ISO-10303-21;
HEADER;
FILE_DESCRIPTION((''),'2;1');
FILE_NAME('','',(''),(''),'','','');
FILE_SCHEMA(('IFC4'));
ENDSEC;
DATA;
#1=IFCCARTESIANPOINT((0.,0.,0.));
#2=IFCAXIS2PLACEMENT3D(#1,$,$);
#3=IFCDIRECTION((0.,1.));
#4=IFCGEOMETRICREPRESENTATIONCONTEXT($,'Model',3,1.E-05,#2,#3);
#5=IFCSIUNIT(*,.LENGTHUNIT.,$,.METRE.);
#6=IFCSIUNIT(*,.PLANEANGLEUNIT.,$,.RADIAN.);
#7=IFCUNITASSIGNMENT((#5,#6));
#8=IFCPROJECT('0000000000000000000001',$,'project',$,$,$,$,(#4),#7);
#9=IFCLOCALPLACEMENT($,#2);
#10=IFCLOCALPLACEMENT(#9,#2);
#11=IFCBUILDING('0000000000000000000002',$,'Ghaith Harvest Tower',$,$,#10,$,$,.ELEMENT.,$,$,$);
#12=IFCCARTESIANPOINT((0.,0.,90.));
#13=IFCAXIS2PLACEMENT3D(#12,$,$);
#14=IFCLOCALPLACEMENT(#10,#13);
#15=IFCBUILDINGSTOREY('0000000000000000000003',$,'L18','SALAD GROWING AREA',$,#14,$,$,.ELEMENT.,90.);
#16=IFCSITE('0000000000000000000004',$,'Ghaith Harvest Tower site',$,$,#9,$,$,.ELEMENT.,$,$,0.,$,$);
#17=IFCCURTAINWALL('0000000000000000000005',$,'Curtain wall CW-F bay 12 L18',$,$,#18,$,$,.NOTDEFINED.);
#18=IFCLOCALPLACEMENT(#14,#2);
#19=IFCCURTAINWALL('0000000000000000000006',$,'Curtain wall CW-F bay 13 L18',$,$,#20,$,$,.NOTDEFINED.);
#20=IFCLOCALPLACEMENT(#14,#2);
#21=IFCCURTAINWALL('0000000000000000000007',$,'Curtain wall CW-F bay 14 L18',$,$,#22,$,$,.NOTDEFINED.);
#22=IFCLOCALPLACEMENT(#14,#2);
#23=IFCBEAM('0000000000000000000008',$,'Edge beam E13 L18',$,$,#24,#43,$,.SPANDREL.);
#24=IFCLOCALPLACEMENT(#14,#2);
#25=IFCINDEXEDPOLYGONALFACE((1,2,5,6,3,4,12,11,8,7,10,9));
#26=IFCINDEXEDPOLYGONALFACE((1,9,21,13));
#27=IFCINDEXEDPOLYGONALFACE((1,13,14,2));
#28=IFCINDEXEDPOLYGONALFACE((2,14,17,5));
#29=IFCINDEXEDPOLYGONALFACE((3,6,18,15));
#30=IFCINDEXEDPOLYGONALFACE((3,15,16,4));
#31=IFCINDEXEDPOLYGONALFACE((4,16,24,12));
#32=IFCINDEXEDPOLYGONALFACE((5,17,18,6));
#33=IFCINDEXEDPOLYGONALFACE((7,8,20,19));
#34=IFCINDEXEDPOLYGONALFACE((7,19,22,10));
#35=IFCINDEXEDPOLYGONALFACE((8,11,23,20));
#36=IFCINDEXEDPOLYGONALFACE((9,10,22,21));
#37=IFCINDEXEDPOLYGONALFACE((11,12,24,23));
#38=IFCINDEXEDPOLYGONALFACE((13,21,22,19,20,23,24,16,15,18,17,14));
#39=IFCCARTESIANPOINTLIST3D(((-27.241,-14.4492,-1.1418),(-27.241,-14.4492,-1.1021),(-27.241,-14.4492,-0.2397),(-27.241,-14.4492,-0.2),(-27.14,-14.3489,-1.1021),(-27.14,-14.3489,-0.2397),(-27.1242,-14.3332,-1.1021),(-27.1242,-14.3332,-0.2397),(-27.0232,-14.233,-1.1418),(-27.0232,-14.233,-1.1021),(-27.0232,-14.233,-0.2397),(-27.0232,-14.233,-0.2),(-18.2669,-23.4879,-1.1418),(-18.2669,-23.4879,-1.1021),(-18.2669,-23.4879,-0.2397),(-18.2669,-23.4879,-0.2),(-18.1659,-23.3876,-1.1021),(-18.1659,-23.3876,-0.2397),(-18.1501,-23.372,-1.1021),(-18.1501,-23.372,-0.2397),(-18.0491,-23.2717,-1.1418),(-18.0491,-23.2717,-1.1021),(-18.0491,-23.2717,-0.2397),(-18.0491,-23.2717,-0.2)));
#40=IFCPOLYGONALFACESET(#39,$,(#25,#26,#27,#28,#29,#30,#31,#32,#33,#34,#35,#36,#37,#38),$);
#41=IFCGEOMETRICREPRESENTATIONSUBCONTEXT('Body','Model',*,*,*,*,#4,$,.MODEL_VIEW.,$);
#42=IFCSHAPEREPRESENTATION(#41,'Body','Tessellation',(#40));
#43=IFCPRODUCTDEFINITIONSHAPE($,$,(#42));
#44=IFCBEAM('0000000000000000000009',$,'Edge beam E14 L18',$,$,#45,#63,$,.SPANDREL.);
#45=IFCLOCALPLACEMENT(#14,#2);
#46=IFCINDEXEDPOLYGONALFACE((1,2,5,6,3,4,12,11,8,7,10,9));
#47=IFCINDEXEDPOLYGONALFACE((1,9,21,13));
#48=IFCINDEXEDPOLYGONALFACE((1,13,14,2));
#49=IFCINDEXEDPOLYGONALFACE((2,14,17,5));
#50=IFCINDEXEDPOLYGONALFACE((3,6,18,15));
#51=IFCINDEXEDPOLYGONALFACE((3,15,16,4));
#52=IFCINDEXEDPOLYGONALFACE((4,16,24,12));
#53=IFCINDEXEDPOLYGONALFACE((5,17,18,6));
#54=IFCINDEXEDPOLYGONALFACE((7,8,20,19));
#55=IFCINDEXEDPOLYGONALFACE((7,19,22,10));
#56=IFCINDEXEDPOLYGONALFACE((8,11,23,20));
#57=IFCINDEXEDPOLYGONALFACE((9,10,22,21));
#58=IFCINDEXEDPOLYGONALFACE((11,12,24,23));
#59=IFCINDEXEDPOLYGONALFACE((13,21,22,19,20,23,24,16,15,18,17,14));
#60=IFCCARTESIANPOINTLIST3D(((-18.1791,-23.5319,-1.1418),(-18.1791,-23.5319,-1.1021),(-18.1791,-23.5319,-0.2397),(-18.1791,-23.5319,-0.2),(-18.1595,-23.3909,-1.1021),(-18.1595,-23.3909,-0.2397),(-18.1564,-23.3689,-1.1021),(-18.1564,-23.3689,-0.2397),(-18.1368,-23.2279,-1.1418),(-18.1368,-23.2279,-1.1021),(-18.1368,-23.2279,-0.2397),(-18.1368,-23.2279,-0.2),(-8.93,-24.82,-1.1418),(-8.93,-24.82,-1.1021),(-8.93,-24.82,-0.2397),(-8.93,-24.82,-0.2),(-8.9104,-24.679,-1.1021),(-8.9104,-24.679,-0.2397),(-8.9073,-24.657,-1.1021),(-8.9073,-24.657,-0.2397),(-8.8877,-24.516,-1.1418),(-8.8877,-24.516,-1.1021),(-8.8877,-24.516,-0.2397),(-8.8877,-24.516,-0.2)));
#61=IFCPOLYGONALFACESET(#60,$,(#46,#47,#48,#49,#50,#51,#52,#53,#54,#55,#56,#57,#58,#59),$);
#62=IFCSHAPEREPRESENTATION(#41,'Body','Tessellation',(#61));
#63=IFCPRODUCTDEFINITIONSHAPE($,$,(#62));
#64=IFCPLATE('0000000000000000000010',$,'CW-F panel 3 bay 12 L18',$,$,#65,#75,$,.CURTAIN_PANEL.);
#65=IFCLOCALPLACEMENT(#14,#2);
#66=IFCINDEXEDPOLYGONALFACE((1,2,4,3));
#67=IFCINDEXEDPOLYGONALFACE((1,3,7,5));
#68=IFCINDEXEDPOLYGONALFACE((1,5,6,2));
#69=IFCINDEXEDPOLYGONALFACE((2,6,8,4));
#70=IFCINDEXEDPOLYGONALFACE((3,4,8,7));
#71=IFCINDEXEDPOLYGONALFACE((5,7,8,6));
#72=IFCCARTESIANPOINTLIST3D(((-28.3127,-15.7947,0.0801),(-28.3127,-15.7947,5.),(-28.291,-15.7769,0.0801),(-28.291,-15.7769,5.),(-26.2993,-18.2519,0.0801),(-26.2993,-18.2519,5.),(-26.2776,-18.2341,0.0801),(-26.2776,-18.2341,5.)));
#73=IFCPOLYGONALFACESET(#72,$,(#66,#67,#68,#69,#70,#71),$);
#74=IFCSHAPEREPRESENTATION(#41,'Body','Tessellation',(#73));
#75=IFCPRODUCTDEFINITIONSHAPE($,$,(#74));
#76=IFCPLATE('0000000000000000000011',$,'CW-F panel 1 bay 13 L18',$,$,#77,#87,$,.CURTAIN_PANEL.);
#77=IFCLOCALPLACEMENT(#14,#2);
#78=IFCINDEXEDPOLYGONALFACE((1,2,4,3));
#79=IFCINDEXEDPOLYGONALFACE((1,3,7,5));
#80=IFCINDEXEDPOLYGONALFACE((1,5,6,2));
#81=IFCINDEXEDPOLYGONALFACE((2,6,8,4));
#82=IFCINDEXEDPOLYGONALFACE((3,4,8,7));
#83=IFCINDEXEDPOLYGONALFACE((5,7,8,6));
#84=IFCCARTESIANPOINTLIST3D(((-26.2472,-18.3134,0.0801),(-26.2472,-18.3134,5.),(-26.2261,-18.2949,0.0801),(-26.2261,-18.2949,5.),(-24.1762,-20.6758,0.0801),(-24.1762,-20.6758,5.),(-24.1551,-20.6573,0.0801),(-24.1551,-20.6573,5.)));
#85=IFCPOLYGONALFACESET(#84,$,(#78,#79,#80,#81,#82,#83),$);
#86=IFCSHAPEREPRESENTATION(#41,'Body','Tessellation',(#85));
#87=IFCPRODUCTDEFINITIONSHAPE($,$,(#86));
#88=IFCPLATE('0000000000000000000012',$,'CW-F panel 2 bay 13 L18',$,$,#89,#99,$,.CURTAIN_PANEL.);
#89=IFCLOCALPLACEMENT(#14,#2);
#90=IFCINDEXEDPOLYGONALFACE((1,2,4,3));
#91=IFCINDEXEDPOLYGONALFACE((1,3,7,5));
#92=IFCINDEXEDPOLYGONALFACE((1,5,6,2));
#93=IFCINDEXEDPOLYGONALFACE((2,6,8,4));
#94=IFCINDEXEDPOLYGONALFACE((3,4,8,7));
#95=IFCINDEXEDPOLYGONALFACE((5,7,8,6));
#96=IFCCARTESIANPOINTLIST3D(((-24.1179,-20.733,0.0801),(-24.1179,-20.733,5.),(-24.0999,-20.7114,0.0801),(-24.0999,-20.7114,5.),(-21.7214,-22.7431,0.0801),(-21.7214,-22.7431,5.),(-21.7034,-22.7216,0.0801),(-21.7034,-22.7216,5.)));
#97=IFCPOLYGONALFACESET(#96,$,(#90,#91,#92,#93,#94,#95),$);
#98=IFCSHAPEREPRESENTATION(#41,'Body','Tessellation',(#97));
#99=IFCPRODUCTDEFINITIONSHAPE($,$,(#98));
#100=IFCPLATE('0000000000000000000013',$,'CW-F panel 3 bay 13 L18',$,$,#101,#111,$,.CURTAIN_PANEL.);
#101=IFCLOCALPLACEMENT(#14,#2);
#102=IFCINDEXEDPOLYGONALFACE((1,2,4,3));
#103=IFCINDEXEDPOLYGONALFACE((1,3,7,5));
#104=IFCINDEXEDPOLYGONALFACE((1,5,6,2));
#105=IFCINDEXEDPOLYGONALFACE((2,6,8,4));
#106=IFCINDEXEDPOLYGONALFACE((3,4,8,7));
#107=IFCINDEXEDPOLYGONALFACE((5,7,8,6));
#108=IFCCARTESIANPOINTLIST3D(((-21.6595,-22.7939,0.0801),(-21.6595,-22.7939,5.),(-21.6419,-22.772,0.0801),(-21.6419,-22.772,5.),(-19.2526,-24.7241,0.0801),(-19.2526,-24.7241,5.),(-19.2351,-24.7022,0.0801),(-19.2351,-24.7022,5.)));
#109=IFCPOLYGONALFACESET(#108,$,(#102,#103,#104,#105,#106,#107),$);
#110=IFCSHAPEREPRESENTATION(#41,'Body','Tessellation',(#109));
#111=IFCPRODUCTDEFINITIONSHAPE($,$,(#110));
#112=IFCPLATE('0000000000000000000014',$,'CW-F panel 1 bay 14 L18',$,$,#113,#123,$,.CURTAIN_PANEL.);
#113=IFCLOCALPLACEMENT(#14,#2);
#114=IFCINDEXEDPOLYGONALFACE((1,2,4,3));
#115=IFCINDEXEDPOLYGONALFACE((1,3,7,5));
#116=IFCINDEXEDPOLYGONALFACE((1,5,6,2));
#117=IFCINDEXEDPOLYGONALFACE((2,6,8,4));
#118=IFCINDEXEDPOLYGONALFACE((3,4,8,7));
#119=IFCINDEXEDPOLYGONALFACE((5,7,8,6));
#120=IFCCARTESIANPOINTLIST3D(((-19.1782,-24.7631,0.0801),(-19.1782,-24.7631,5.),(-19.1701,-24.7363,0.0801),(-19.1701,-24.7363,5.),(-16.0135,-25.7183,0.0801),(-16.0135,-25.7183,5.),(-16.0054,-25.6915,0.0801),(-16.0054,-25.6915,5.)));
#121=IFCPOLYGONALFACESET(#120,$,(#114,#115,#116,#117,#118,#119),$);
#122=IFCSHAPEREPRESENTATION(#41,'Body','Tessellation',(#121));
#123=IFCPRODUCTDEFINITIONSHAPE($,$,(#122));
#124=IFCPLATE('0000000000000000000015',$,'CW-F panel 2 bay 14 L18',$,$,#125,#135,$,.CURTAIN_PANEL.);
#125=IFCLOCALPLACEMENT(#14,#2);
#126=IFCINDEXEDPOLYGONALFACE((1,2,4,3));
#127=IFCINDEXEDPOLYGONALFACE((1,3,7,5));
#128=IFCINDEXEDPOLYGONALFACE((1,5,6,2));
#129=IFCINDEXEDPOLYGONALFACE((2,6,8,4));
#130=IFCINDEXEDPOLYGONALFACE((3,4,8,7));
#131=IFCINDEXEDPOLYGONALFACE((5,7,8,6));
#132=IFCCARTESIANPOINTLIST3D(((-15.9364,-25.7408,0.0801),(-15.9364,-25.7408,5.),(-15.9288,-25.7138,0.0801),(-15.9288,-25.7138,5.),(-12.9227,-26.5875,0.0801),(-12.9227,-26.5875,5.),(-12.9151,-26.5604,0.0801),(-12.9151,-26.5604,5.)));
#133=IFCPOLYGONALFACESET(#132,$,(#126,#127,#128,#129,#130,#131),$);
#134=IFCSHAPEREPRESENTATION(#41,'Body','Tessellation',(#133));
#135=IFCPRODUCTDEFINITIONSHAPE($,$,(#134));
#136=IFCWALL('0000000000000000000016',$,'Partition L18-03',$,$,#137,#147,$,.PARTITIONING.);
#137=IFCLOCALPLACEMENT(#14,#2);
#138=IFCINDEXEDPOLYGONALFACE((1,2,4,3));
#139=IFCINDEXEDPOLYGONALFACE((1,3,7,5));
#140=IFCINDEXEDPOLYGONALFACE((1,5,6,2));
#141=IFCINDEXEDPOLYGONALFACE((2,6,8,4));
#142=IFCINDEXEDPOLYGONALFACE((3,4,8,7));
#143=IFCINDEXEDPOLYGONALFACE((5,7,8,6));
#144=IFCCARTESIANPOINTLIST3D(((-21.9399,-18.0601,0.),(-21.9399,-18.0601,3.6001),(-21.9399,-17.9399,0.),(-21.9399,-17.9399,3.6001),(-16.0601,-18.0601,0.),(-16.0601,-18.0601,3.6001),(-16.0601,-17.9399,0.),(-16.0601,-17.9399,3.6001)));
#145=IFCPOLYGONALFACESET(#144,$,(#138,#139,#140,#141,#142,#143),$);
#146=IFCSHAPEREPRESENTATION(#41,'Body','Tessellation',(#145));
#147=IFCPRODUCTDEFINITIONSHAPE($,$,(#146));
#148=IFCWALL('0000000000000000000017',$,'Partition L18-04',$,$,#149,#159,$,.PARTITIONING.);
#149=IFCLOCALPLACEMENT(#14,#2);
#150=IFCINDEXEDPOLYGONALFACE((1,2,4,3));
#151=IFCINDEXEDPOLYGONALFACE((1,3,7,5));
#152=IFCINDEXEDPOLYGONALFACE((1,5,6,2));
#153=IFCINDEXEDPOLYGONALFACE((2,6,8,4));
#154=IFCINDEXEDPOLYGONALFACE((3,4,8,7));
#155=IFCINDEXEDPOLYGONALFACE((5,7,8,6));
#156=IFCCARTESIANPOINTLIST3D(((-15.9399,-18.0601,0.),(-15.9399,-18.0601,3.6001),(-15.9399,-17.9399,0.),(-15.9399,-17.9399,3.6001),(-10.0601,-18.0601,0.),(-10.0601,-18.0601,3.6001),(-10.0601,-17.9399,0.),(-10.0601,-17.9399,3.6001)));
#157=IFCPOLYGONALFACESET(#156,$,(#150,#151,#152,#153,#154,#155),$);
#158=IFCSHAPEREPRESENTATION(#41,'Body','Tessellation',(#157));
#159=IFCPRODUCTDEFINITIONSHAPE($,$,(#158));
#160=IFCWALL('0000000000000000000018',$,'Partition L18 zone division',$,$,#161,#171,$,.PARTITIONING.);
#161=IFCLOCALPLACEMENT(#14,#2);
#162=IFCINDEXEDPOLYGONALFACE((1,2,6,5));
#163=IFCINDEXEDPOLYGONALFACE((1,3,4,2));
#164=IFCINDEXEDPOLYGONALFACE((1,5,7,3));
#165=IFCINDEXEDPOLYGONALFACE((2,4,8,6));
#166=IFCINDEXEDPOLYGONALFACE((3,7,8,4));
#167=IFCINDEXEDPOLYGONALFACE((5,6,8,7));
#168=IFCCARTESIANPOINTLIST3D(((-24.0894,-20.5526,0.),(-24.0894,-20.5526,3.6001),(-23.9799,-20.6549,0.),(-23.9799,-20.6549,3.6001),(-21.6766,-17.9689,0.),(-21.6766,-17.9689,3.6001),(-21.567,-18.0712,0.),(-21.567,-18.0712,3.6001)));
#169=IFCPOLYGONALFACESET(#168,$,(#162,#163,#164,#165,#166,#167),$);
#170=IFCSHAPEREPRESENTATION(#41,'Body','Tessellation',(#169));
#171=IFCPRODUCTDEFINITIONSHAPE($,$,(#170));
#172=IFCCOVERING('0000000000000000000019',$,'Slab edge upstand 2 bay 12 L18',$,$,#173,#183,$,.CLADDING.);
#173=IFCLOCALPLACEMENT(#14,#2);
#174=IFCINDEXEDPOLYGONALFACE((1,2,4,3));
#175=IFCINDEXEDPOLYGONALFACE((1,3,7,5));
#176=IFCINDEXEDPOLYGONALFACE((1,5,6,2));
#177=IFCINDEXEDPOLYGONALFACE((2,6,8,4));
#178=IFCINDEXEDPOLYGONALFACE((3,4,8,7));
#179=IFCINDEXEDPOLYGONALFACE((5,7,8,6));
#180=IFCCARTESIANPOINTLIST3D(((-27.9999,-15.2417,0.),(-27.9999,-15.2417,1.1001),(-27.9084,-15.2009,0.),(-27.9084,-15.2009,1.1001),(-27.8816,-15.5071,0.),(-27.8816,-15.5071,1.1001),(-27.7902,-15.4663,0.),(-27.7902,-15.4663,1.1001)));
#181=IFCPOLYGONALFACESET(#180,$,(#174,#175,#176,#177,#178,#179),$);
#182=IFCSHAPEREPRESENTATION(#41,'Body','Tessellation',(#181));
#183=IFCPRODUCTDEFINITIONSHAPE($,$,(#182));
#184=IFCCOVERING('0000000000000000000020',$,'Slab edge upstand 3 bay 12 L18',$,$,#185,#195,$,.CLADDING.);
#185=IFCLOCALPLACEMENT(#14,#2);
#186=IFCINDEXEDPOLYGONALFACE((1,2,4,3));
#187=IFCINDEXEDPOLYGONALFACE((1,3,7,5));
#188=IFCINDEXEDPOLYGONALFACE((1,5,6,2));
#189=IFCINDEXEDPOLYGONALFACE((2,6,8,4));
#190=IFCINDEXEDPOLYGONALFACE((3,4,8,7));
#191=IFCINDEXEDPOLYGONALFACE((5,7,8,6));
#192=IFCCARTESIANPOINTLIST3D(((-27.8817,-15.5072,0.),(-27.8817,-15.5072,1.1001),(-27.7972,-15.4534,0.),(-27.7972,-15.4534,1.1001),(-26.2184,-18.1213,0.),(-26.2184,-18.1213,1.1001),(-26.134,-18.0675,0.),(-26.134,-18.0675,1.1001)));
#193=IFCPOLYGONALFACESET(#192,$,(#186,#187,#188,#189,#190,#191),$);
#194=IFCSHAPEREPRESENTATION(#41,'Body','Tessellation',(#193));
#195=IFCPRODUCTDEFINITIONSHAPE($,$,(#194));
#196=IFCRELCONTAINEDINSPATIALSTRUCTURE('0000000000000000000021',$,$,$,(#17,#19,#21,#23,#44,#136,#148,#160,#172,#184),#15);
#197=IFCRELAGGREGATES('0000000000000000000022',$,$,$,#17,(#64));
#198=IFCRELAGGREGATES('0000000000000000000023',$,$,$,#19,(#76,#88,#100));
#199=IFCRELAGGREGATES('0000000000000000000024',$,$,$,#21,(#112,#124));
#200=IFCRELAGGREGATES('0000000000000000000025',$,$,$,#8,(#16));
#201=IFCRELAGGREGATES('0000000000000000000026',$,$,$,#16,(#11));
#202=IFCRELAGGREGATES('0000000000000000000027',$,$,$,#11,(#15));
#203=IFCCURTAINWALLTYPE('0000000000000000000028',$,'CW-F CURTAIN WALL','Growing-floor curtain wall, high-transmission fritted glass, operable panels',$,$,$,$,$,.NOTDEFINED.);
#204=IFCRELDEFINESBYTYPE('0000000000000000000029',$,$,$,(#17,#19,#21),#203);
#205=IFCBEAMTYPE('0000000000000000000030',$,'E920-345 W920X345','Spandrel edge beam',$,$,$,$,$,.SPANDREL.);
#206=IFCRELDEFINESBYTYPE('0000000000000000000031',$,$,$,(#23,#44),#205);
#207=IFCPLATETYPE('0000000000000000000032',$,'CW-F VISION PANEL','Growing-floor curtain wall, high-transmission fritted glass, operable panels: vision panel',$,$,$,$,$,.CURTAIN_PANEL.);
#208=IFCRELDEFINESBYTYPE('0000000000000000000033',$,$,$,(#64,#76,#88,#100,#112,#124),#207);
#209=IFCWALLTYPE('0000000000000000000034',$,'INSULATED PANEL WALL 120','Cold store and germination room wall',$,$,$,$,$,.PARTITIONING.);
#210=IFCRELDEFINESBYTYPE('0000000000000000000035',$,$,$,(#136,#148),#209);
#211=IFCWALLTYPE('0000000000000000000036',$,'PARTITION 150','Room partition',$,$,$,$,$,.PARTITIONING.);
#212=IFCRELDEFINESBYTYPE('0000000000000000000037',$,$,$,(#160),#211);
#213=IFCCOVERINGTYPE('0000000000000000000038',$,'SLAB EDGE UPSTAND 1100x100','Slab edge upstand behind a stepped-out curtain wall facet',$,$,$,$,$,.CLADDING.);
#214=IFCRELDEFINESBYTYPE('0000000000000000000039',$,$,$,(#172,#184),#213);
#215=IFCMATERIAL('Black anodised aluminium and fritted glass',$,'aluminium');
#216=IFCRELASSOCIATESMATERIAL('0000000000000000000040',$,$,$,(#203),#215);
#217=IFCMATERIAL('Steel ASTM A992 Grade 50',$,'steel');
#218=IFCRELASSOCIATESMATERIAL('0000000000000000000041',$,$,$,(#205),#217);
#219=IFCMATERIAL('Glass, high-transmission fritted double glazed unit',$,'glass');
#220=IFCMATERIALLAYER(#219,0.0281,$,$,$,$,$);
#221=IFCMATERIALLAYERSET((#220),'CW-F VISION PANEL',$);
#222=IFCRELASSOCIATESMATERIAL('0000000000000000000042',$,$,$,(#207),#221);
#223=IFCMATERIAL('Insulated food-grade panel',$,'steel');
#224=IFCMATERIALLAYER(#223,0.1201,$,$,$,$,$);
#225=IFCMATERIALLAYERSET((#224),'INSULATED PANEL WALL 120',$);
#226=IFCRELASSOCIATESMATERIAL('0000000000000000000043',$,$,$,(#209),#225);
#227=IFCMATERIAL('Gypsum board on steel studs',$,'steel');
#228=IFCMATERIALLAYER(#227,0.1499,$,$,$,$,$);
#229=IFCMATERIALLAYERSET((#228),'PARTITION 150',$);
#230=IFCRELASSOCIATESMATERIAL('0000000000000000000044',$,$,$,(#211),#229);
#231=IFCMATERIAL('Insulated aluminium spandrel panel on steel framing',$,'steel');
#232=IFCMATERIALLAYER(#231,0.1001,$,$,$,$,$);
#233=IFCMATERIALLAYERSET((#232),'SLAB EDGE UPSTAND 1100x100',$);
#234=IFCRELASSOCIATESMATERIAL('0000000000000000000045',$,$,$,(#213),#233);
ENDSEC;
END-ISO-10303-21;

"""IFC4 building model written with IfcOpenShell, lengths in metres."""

from ifc_helpers import new_model, si_unit, direction, frame, frame_2d, origin, origin_2d, place, context, subcontext, project, spatial, rectangle, i_section, extrude, material, layer, layer_set, material_profile, profile_set, type_object, element, aggregate, save


model = new_model("IFC4")

# Units and contexts
model_context = context("Model", 3, precision=1e-05, world=origin(), true_north=direction((0.0, 1.0)))
body_context = subcontext(model_context, "Body", "Model", "MODEL_VIEW")
ifc_project = project(units=[si_unit("LENGTHUNIT", "METRE"), si_unit("PLANEANGLEUNIT", "RADIAN")], contexts=[model_context])

# Site, building, storey
site_placement = place(None, origin())
site = spatial("IfcSite", under=ifc_project, at=site_placement, Name="Ghaith Harvest Tower site", CompositionType="ELEMENT", RefElevation=0.0)
building_placement = place(site_placement, origin())
building = spatial("IfcBuilding", under=site, at=building_placement, Name="Ghaith Harvest Tower", CompositionType="ELEMENT")
storey_placement = place(building_placement, frame((0.0, 0.0, 90.0)))
storey = spatial("IfcBuildingStorey", under=building, at=storey_placement, Name="L18", Description="SALAD GROWING AREA", CompositionType="ELEMENT", Elevation=90.0)

# Curtain wall
ifc_material_1 = material(Name="Black anodised aluminium and fritted glass", Category="aluminium")
curtain_wall_type = type_object("IfcCurtainWallType", Name="CW-F CURTAIN WALL", Description="Growing-floor curtain wall, high-transmission fritted glass, operable panels", PredefinedType="NOTDEFINED", material=ifc_material_1)
curtain_wall_1_placement = place(storey_placement, origin())
curtain_wall_1 = element("IfcCurtainWall", 1, at=curtain_wall_1_placement, inside=storey, type_object=curtain_wall_type, Name="Curtain wall CW-F bay 12 L18", PredefinedType="NOTDEFINED")

# Curtain walls
curtain_wall_2_placement = place(storey_placement, origin())
curtain_wall_2 = element("IfcCurtainWall", 2, at=curtain_wall_2_placement, inside=storey, type_object=curtain_wall_type, Name="Curtain wall CW-F bay 13 L18", PredefinedType="NOTDEFINED")
curtain_wall_3_placement = place(storey_placement, origin())
curtain_wall_3 = element("IfcCurtainWall", 3, at=curtain_wall_3_placement, inside=storey, type_object=curtain_wall_type, Name="Curtain wall CW-F bay 14 L18", PredefinedType="NOTDEFINED")

# Beams
ifc_material_2 = material(Name="Steel ASTM A992 Grade 50", Category="steel")
ifc_material_profile_1 = material_profile(ifc_material_2, i_section(OverallWidth=0.3069, OverallDepth=0.9419, WebThickness=0.0222, FlangeThickness=0.0398, at=origin_2d()), Name="W920X345")
ifc_profile_set_1 = profile_set([ifc_material_profile_1], Name="Steel ASTM A992 Grade 50")
beam_type = type_object("IfcBeamType", Name="E920-345 W920X345", Description="Spandrel edge beam", PredefinedType="SPANDREL", material=ifc_profile_set_1)
beam_1_placement = place(storey_placement, frame((-27.1321, -14.3411, -0.6709), z_axis=(0.704563, -0.709642, 0.0), x_axis=(0.709642, 0.704563, 0.0)))
element("IfcBeam", 4, at=beam_1_placement, inside=storey, type_object=beam_type, Name="Edge beam E13 L18", PredefinedType="SPANDREL", context=body_context, shape_type="SweptSolid", body=[
    extrude(i_section(OverallWidth=0.3069, OverallDepth=0.9419, WebThickness=0.0222, FlangeThickness=0.0398, at=origin_2d()), origin(), (0.0, 0.0, 1.0), 12.7371),
])
beam_2_placement = place(storey_placement, frame((-18.158, -23.3799, -0.6709), z_axis=(0.990441, -0.137936, 0.0), x_axis=(0.137936, 0.990441, 0.0)))
element("IfcBeam", 5, at=beam_2_placement, inside=storey, type_object=beam_type, Name="Edge beam E14 L18", PredefinedType="SPANDREL", context=body_context, shape_type="SweptSolid", body=[
    extrude(i_section(OverallWidth=0.3069, OverallDepth=0.9419, WebThickness=0.0222, FlangeThickness=0.0398, at=origin_2d()), origin(), (0.0, 0.0, 1.0), 9.3384),
])

# Plates
ifc_material_3 = material(Name="Glass, high-transmission fritted double glazed unit", Category="glass")
ifc_layer_1 = layer(ifc_material_3, 0.0281)
ifc_layer_set_1 = layer_set([ifc_layer_1], Name="CW-F VISION PANEL")
plate_type = type_object("IfcPlateType", Name="CW-F VISION PANEL", Description="Growing-floor curtain wall, high-transmission fritted glass, operable panels: vision panel", PredefinedType="CURTAIN_PANEL", material=ifc_layer_set_1)
plate_1_placement = place(storey_placement, frame((-27.2952, -17.0144, 0.0801), z_axis=(0.0, 0.0, 1.0), x_axis=(0.63379, -0.773505, 0.0)))
plate_1 = element("IfcPlate", 6, at=plate_1_placement, type_object=plate_type, Name="CW-F panel 3 bay 12 L18", PredefinedType="CURTAIN_PANEL", context=body_context, shape_type="SweptSolid", body=[
    extrude(rectangle(XDim=3.1768, YDim=0.0281, at=origin_2d()), origin(), (0.0, 0.0, 1.0), 4.9199),
])
aggregate(curtain_wall_1, [plate_1])
plate_2_placement = place(storey_placement, frame((-25.2012, -19.4854, 0.0801), z_axis=(0.0, 0.0, 1.0), x_axis=(0.659216, -0.751954, 0.0)))
plate_2 = element("IfcPlate", 7, at=plate_2_placement, type_object=plate_type, Name="CW-F panel 1 bay 13 L18", PredefinedType="CURTAIN_PANEL", context=body_context, shape_type="SweptSolid", body=[
    extrude(rectangle(XDim=3.1416, YDim=0.0281, at=origin_2d()), origin(), (0.0, 0.0, 1.0), 4.9199),
])
plate_3_placement = place(storey_placement, frame((-22.9106, -21.7273, 0.0801), z_axis=(0.0, 0.0, 1.0), x_axis=(0.766155, -0.642656, 0.0)))
plate_3 = element("IfcPlate", 8, at=plate_3_placement, type_object=plate_type, Name="CW-F panel 2 bay 13 L18", PredefinedType="CURTAIN_PANEL", context=body_context, shape_type="SweptSolid", body=[
    extrude(rectangle(XDim=3.1279, YDim=0.0281, at=origin_2d()), origin(), (0.0, 0.0, 1.0), 4.9199),
])
plate_4_placement = place(storey_placement, frame((-20.4473, -23.748, 0.0801), z_axis=(0.0, 0.0, 1.0), x_axis=(0.780122, -0.625627, 0.0)))
plate_4 = element("IfcPlate", 9, at=plate_4_placement, type_object=plate_type, Name="CW-F panel 3 bay 13 L18", PredefinedType="CURTAIN_PANEL", context=body_context, shape_type="SweptSolid", body=[
    extrude(rectangle(XDim=3.0852, YDim=0.0281, at=origin_2d()), origin(), (0.0, 0.0, 1.0), 4.9199),
])
aggregate(curtain_wall_2, [plate_2, plate_3, plate_4])
plate_5_placement = place(storey_placement, frame((-17.5918, -25.2273, 0.0801), z_axis=(0.0, 0.0, 1.0), x_axis=(0.957342, -0.288956, 0.0)))
plate_5 = element("IfcPlate", 10, at=plate_5_placement, type_object=plate_type, Name="CW-F panel 1 bay 14 L18", PredefinedType="CURTAIN_PANEL", context=body_context, shape_type="SweptSolid", body=[
    extrude(rectangle(XDim=3.3057, YDim=0.0281, at=origin_2d()), origin(), (0.0, 0.0, 1.0), 4.9199),
])
plate_6_placement = place(storey_placement, frame((-14.4258, -26.1506, 0.0801), z_axis=(0.0, 0.0, 1.0), x_axis=(0.96273, -0.270465, 0.0)))
plate_6 = element("IfcPlate", 11, at=plate_6_placement, type_object=plate_type, Name="CW-F panel 2 bay 14 L18", PredefinedType="CURTAIN_PANEL", context=body_context, shape_type="SweptSolid", body=[
    extrude(rectangle(XDim=3.1304, YDim=0.0281, at=origin_2d()), origin(), (0.0, 0.0, 1.0), 4.9199),
])
aggregate(curtain_wall_3, [plate_5, plate_6])

# Walls
ifc_material_4 = material(Name="Insulated food-grade panel", Category="steel")
ifc_layer_2 = layer(ifc_material_4, 0.1201)
ifc_layer_set_2 = layer_set([ifc_layer_2], Name="INSULATED PANEL WALL 120")
wall_type_1 = type_object("IfcWallType", Name="INSULATED PANEL WALL 120", Description="Cold store and germination room wall", PredefinedType="PARTITIONING", material=ifc_layer_set_2)
for number, where, z_axis, x_axis, name in (
    (12, (-21.9399, -18.0, 0.0), (0.0, 0.0, 1.0), (1.0, 0.0, 0.0), "Partition L18-03"),
    (13, (-15.9399, -18.0, 0.0), (0.0, 0.0, 1.0), (1.0, 0.0, 0.0), "Partition L18-04"),
):
    element("IfcWall", number, at=place(storey_placement, frame(where, z_axis=z_axis, x_axis=x_axis)), inside=storey, type_object=wall_type_1, Name=name, PredefinedType="PARTITIONING", context=body_context, shape_type="SweptSolid", body=[
        extrude(rectangle(XDim=5.8799, YDim=0.1201, at=frame_2d((2.9399, 0.0))), origin(), (0.0, 0.0, 1.0), 3.6001),
    ])
ifc_material_5 = material(Name="Gypsum board on steel studs", Category="steel")
ifc_layer_3 = layer(ifc_material_5, 0.1499)
ifc_layer_set_3 = layer_set([ifc_layer_3], Name="PARTITION 150")
wall_type_2 = type_object("IfcWallType", Name="PARTITION 150", Description="Room partition", PredefinedType="PARTITIONING", material=ifc_layer_set_3)
wall_placement = place(storey_placement, frame((-21.6218, -18.02, 0.0), z_axis=(0.0, 0.0, 1.0), x_axis=(-0.682522, -0.730865, 0.0)))
element("IfcWall", 14, at=wall_placement, inside=storey, type_object=wall_type_2, Name="Partition L18 zone division", PredefinedType="PARTITIONING", context=body_context, shape_type="SweptSolid", body=[
    extrude(rectangle(XDim=3.5352, YDim=0.1499, at=frame_2d((1.7676, 0.0))), origin(), (0.0, 0.0, 1.0), 3.6001),
])

# Coverings
ifc_material_6 = material(Name="Insulated aluminium spandrel panel on steel framing", Category="steel")
ifc_layer_4 = layer(ifc_material_6, 0.1001)
ifc_layer_set_4 = layer_set([ifc_layer_4], Name="SLAB EDGE UPSTAND 1100x100")
covering_type = type_object("IfcCoveringType", Name="SLAB EDGE UPSTAND 1100x100", Description="Slab edge upstand behind a stepped-out curtain wall facet", PredefinedType="CLADDING", material=ifc_layer_set_4)
covering_1_placement = place(storey_placement, frame((-27.895, -15.354, 0.0), z_axis=(0.0, 0.0, 1.0), x_axis=(0.407003, -0.913427, 0.0)))
element("IfcCovering", 15, at=covering_1_placement, inside=storey, type_object=covering_type, Name="Slab edge upstand 2 bay 12 L18", PredefinedType="CLADDING", context=body_context, shape_type="SweptSolid", body=[
    extrude(rectangle(XDim=0.2905, YDim=0.1001, at=origin_2d()), origin(), (0.0, 0.0, 1.0), 1.1001),
])
covering_2_placement = place(storey_placement, frame((-27.0078, -16.7874, 0.0), z_axis=(0.0, 0.0, 1.0), x_axis=(0.536807, -0.843705, 0.0)))
element("IfcCovering", 16, at=covering_2_placement, inside=storey, type_object=covering_type, Name="Slab edge upstand 3 bay 12 L18", PredefinedType="CLADDING", context=body_context, shape_type="SweptSolid", body=[
    extrude(rectangle(XDim=3.0984, YDim=0.1001, at=origin_2d()), origin(), (0.0, 0.0, 1.0), 1.1001),
])

save(model, "model.ifc")
